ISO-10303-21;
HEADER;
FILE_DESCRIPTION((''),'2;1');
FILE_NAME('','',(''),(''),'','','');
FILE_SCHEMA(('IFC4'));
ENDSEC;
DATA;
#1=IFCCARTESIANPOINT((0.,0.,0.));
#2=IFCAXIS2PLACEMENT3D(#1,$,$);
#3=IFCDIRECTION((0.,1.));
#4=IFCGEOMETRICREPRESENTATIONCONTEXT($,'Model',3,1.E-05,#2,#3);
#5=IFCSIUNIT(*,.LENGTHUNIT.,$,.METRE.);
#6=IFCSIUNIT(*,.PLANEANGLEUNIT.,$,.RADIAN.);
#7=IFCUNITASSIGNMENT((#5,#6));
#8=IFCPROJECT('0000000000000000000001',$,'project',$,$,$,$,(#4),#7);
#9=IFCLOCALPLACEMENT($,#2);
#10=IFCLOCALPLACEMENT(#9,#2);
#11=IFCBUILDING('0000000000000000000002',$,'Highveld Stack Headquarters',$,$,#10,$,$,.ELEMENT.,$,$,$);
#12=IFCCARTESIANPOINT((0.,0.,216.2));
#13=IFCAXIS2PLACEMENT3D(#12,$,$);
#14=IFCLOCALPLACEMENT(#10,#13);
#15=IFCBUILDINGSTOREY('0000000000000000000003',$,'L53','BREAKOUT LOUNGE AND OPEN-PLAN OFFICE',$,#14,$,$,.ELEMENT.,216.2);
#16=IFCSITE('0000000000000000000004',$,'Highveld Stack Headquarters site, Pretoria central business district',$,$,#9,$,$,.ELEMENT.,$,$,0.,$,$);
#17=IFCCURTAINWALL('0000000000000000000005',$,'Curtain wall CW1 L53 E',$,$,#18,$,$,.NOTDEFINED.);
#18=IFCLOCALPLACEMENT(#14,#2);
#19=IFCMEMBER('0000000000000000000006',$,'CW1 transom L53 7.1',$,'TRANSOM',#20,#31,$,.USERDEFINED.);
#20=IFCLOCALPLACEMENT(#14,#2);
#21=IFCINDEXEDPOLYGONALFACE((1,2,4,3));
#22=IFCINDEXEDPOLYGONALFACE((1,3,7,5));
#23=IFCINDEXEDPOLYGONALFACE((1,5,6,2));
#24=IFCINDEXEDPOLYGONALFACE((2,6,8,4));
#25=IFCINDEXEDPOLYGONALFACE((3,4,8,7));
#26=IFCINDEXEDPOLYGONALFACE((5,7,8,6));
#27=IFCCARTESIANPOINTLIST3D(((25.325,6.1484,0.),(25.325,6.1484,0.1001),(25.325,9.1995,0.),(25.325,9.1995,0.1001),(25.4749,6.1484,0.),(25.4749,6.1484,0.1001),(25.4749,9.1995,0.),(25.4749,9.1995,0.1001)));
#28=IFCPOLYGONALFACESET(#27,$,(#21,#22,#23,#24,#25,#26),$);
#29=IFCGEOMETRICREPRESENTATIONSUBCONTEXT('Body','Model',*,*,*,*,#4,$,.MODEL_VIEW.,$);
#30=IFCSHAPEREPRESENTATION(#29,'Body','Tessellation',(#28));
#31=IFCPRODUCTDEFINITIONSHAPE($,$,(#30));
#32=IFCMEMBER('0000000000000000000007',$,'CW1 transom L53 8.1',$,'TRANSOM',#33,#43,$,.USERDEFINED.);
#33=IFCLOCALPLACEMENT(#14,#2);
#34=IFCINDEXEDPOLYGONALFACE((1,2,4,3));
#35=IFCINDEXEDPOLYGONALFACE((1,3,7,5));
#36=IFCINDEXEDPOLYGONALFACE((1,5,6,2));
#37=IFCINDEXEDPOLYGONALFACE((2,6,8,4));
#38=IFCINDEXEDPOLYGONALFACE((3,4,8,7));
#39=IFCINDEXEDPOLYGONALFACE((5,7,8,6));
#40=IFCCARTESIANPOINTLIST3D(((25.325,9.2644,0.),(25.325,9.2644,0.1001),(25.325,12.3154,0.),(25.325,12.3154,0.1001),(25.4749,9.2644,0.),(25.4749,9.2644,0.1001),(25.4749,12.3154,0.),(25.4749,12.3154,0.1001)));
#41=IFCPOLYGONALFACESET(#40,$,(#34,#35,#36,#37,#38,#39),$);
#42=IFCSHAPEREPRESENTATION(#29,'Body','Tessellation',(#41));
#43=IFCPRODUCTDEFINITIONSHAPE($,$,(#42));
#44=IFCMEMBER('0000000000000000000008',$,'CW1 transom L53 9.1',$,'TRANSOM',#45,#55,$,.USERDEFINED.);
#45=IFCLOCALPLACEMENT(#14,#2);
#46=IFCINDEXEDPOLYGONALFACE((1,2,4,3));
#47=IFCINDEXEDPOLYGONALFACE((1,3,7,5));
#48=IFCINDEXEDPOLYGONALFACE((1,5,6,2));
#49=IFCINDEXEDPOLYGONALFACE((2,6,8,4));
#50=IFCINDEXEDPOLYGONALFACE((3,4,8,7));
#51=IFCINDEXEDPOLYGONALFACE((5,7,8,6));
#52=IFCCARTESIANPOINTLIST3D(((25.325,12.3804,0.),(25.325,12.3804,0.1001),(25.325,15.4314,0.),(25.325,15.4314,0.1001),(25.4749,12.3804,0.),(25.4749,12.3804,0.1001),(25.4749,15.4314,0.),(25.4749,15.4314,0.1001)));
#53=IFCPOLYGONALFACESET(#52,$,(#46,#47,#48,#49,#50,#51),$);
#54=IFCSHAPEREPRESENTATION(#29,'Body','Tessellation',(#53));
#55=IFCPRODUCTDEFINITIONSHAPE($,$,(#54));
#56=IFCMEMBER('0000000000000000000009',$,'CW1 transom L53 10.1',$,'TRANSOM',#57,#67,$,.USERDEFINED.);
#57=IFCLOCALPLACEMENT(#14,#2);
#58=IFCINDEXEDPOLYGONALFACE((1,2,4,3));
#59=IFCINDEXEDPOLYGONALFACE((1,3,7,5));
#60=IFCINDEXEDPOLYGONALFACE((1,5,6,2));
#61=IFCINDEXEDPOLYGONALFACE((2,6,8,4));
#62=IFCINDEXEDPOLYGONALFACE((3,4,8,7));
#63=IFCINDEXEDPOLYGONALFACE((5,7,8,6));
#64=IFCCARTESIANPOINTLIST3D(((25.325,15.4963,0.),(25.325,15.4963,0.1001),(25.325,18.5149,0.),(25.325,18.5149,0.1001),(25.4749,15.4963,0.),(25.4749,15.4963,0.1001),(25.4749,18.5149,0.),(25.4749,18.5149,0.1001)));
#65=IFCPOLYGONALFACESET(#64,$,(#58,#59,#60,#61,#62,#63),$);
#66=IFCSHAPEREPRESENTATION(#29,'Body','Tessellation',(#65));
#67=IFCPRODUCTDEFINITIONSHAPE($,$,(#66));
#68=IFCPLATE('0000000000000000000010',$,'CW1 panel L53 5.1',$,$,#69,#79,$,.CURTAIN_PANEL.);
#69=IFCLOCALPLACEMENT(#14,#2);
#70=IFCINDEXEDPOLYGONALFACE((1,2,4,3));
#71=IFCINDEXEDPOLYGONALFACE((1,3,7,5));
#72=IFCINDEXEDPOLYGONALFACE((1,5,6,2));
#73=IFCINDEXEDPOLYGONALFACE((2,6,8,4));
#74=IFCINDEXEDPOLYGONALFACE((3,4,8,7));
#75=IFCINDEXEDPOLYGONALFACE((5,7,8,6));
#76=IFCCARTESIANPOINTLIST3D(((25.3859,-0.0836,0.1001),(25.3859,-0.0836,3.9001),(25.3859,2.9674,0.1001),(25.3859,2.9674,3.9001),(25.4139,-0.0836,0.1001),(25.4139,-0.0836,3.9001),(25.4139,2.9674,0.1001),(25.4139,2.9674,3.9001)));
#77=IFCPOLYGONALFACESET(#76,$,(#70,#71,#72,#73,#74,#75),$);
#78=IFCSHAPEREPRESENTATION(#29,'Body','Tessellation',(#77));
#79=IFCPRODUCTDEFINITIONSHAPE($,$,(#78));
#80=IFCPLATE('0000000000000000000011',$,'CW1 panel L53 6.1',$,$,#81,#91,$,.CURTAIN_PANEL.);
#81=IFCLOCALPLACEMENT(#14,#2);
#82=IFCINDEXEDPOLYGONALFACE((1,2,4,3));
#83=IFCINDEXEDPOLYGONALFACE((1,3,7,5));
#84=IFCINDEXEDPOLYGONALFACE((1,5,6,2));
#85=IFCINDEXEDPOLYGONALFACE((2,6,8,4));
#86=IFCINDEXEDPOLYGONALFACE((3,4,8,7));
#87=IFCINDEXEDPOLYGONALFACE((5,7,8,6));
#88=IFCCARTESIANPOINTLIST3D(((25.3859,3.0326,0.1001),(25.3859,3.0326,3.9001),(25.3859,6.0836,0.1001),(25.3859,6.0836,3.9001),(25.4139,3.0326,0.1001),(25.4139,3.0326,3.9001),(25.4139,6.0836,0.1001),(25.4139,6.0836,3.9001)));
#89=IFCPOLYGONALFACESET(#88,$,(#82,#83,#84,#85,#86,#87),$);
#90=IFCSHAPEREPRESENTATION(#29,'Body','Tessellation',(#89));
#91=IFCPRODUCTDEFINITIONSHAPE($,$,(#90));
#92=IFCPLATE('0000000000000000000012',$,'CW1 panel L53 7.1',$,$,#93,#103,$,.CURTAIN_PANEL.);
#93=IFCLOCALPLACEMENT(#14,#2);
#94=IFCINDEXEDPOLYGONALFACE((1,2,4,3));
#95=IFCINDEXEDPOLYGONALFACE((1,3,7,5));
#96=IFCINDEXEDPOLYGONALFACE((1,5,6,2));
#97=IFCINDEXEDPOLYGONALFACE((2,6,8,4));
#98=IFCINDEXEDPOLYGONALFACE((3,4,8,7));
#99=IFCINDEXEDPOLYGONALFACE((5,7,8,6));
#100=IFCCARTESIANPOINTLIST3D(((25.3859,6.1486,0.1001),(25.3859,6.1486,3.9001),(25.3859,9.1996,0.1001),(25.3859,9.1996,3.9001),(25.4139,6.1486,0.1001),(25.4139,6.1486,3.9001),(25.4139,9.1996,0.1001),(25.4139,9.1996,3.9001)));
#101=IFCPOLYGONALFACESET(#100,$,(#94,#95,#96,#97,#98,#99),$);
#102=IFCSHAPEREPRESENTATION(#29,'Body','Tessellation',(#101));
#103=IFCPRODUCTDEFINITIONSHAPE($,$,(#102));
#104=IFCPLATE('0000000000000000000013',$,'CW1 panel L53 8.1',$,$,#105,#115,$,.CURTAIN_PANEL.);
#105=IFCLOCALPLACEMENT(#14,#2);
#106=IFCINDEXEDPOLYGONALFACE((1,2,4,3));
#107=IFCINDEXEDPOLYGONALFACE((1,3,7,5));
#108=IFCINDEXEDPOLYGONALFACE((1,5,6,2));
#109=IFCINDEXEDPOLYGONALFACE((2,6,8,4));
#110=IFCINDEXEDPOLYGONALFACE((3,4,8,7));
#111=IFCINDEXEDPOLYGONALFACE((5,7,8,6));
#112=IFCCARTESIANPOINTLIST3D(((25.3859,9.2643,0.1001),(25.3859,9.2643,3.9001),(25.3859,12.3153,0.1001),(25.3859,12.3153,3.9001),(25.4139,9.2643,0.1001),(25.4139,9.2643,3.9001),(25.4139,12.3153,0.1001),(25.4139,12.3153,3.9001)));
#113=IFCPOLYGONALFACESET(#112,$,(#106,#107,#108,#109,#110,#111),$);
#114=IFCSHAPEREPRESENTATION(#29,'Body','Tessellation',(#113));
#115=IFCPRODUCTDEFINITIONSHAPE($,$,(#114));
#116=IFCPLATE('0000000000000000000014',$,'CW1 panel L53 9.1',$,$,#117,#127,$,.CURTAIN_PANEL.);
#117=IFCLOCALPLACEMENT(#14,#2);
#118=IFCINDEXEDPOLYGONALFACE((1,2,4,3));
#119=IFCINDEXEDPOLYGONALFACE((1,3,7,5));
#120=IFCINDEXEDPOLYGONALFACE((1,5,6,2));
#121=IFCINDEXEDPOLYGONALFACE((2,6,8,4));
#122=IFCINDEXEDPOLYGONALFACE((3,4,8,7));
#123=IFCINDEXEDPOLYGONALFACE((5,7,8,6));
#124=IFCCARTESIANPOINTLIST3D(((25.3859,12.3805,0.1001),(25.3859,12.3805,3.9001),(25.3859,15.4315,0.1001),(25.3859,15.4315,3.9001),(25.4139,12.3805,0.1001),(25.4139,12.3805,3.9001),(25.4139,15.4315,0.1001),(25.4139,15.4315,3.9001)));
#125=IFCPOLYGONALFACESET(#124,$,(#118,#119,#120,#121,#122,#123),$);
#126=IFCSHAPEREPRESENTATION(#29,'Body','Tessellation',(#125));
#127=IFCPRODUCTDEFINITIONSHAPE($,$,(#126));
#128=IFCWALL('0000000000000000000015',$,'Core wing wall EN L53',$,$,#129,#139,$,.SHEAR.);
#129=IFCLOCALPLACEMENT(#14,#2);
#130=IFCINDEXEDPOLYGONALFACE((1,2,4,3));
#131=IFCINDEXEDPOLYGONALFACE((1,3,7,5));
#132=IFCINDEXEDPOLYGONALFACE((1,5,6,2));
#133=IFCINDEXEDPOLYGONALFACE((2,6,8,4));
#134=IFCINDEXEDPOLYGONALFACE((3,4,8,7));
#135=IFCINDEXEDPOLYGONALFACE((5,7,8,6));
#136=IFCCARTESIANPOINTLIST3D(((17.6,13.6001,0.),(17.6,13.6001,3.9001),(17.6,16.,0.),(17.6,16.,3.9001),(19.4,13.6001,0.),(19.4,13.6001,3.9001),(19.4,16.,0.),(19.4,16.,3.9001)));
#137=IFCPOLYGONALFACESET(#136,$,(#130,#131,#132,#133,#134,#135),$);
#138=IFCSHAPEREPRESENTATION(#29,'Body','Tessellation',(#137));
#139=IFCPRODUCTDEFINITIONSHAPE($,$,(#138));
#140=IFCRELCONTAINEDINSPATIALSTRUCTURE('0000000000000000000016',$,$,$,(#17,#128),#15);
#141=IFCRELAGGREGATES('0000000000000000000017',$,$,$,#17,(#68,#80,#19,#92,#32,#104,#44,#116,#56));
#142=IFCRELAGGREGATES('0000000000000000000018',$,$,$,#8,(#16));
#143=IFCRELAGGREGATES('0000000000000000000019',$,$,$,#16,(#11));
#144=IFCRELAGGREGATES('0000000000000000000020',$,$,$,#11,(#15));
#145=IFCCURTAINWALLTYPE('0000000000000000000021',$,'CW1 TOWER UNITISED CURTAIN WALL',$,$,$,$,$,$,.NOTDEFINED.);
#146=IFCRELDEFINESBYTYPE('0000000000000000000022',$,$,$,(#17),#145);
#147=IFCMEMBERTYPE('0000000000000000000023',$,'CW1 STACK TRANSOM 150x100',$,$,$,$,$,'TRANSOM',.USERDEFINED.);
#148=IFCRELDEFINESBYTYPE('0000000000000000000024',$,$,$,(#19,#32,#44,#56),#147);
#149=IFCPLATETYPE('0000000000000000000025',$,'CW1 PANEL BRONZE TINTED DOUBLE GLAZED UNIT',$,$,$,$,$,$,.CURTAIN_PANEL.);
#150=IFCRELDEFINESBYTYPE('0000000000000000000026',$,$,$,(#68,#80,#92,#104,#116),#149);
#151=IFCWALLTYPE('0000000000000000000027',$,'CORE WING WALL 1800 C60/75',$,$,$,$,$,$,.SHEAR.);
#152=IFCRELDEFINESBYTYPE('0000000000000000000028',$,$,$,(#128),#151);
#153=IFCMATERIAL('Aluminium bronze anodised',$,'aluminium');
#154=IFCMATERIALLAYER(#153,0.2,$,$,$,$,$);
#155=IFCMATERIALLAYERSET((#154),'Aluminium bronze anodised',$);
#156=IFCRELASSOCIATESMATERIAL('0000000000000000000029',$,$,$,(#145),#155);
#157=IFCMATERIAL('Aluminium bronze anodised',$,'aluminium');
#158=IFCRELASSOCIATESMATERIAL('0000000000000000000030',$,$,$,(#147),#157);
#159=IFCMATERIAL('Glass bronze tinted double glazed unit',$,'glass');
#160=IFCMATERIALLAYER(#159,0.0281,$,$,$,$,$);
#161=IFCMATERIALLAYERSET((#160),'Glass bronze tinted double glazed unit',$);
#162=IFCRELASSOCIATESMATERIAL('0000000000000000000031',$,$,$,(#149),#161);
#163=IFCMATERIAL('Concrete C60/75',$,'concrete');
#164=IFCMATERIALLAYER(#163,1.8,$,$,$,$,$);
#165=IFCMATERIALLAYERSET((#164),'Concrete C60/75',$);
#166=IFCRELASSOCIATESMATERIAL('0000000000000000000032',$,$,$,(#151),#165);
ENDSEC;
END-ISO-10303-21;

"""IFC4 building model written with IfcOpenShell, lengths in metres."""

from ifc_helpers import new_model, si_unit, direction, frame, frame_2d, origin, origin_2d, place, context, subcontext, project, spatial, rectangle, extrude, material, layer, layer_set, material_profile, profile_set, type_object, element, aggregate, save


model = new_model("IFC4")

# Units and contexts
model_context = context("Model", 3, precision=1e-05, world=origin(), true_north=direction((0.0, 1.0)))
body_context = subcontext(model_context, "Body", "Model", "MODEL_VIEW")
ifc_project = project(units=[si_unit("LENGTHUNIT", "METRE"), si_unit("PLANEANGLEUNIT", "RADIAN")], contexts=[model_context])

# Site, building, storey
site_placement = place(None, origin())
site = spatial("IfcSite", under=ifc_project, at=site_placement, Name="Highveld Stack Headquarters site, Pretoria central business district", CompositionType="ELEMENT", RefElevation=0.0)
building_placement = place(site_placement, origin())
building = spatial("IfcBuilding", under=site, at=building_placement, Name="Highveld Stack Headquarters", CompositionType="ELEMENT")
storey_placement = place(building_placement, frame((0.0, 0.0, 216.2)))
storey = spatial("IfcBuildingStorey", under=building, at=storey_placement, Name="L53", Description="BREAKOUT LOUNGE AND OPEN-PLAN OFFICE", CompositionType="ELEMENT", Elevation=216.2)

# Curtain wall, members, plates
ifc_material_1 = material(Name="Aluminium bronze anodised", Category="aluminium")
ifc_layer_1 = layer(ifc_material_1, 0.2)
ifc_layer_set_1 = layer_set([ifc_layer_1], Name="Aluminium bronze anodised")
curtain_wall_type = type_object("IfcCurtainWallType", Name="CW1 TOWER UNITISED CURTAIN WALL", PredefinedType="NOTDEFINED", material=ifc_layer_set_1)
curtain_wall_placement = place(storey_placement, origin())
curtain_wall = element("IfcCurtainWall", 1, at=curtain_wall_placement, inside=storey, type_object=curtain_wall_type, Name="Curtain wall CW1 L53 E", PredefinedType="NOTDEFINED")
ifc_material_2 = material(Name="Aluminium bronze anodised", Category="aluminium")
ifc_material_profile_1 = material_profile(ifc_material_2, rectangle(XDim=0.1499, YDim=0.1001, at=origin_2d()), Name="CW1 TRANSOM 150x100")
ifc_profile_set_1 = profile_set([ifc_material_profile_1], Name="Aluminium bronze anodised")
member_type_1 = type_object("IfcMemberType", Name="CW1 STACK TRANSOM 150x100", ElementType="TRANSOM", PredefinedType="USERDEFINED", material=ifc_profile_set_1)
member_1_placement = place(storey_placement, frame((25.3999, 6.1484, 0.05), z_axis=(0.0, 1.0, 0.0), x_axis=(-1.0, 0.0, 0.0)))
member_1 = element("IfcMember", 2, at=member_1_placement, type_object=member_type_1, Name="CW1 transom L53 7.1", ObjectType="TRANSOM", PredefinedType="USERDEFINED", context=body_context, shape_type="SweptSolid", body=[
    extrude(rectangle(XDim=0.1499, YDim=0.1001, at=origin_2d()), origin(), (0.0, 0.0, 1.0), 3.051),
])
member_2_placement = place(storey_placement, frame((25.3999, 9.2644, 0.05), z_axis=(0.0, 1.0, 0.0), x_axis=(-1.0, 0.0, 0.0)))
member_2 = element("IfcMember", 3, at=member_2_placement, type_object=member_type_1, Name="CW1 transom L53 8.1", ObjectType="TRANSOM", PredefinedType="USERDEFINED", context=body_context, shape_type="SweptSolid", body=[
    extrude(rectangle(XDim=0.1499, YDim=0.1001, at=origin_2d()), origin(), (0.0, 0.0, 1.0), 3.051),
])
member_3_placement = place(storey_placement, frame((25.3999, 12.3804, 0.05), z_axis=(0.0, 1.0, 0.0), x_axis=(-1.0, 0.0, 0.0)))
member_3 = element("IfcMember", 4, at=member_3_placement, type_object=member_type_1, Name="CW1 transom L53 9.1", ObjectType="TRANSOM", PredefinedType="USERDEFINED", context=body_context, shape_type="SweptSolid", body=[
    extrude(rectangle(XDim=0.1499, YDim=0.1001, at=origin_2d()), origin(), (0.0, 0.0, 1.0), 3.051),
])
member_4_placement = place(storey_placement, frame((25.3999, 15.4963, 0.05), z_axis=(0.0, 1.0, 0.0), x_axis=(-1.0, 0.0, 0.0)))
member_4 = element("IfcMember", 5, at=member_4_placement, type_object=member_type_1, Name="CW1 transom L53 10.1", ObjectType="TRANSOM", PredefinedType="USERDEFINED", context=body_context, shape_type="SweptSolid", body=[
    extrude(rectangle(XDim=0.1499, YDim=0.1001, at=origin_2d()), origin(), (0.0, 0.0, 1.0), 3.0186),
])
ifc_material_3 = material(Name="Glass bronze tinted double glazed unit", Category="glass")
ifc_layer_2 = layer(ifc_material_3, 0.0281)
ifc_layer_set_2 = layer_set([ifc_layer_2], Name="Glass bronze tinted double glazed unit")
plate_type = type_object("IfcPlateType", Name="CW1 PANEL BRONZE TINTED DOUBLE GLAZED UNIT", PredefinedType="CURTAIN_PANEL", material=ifc_layer_set_2)
plate_1_placement = place(storey_placement, frame((25.3999, 1.4419, 0.1001), z_axis=(0.0, 0.0, 1.0), x_axis=(0.0, 1.0, 0.0)))
plate_1 = element("IfcPlate", 6, at=plate_1_placement, type_object=plate_type, Name="CW1 panel L53 5.1", PredefinedType="CURTAIN_PANEL", context=body_context, shape_type="SweptSolid", body=[
    extrude(rectangle(XDim=3.051, YDim=0.0281, at=origin_2d()), origin(), (0.0, 0.0, 1.0), 3.8),
])
plate_2_placement = place(storey_placement, frame((25.3999, 4.5581, 0.1001), z_axis=(0.0, 0.0, 1.0), x_axis=(0.0, 1.0, 0.0)))
plate_2 = element("IfcPlate", 7, at=plate_2_placement, type_object=plate_type, Name="CW1 panel L53 6.1", PredefinedType="CURTAIN_PANEL", context=body_context, shape_type="SweptSolid", body=[
    extrude(rectangle(XDim=3.051, YDim=0.0281, at=origin_2d()), origin(), (0.0, 0.0, 1.0), 3.8),
])
plate_3_placement = place(storey_placement, frame((25.3999, 7.6741, 0.1001), z_axis=(0.0, 0.0, 1.0), x_axis=(0.0, 1.0, 0.0)))
plate_3 = element("IfcPlate", 8, at=plate_3_placement, type_object=plate_type, Name="CW1 panel L53 7.1", PredefinedType="CURTAIN_PANEL", context=body_context, shape_type="SweptSolid", body=[
    extrude(rectangle(XDim=3.051, YDim=0.0281, at=origin_2d()), origin(), (0.0, 0.0, 1.0), 3.8),
])
plate_4_placement = place(storey_placement, frame((25.3999, 10.7898, 0.1001), z_axis=(0.0, 0.0, 1.0), x_axis=(0.0, 1.0, 0.0)))
plate_4 = element("IfcPlate", 9, at=plate_4_placement, type_object=plate_type, Name="CW1 panel L53 8.1", PredefinedType="CURTAIN_PANEL", context=body_context, shape_type="SweptSolid", body=[
    extrude(rectangle(XDim=3.051, YDim=0.0281, at=origin_2d()), origin(), (0.0, 0.0, 1.0), 3.8),
])
plate_5_placement = place(storey_placement, frame((25.3999, 13.906, 0.1001), z_axis=(0.0, 0.0, 1.0), x_axis=(0.0, 1.0, 0.0)))
plate_5 = element("IfcPlate", 10, at=plate_5_placement, type_object=plate_type, Name="CW1 panel L53 9.1", PredefinedType="CURTAIN_PANEL", context=body_context, shape_type="SweptSolid", body=[
    extrude(rectangle(XDim=3.051, YDim=0.0281, at=origin_2d()), origin(), (0.0, 0.0, 1.0), 3.8),
])
aggregate(curtain_wall, [plate_1, plate_2, member_1, plate_3, member_2, plate_4, member_3, plate_5, member_4])

# Wall
ifc_material_4 = material(Name="Concrete C60/75", Category="concrete")
ifc_layer_3 = layer(ifc_material_4, 1.8)
ifc_layer_set_3 = layer_set([ifc_layer_3], Name="Concrete C60/75")
wall_type = type_object("IfcWallType", Name="CORE WING WALL 1800 C60/75", PredefinedType="SHEAR", material=ifc_layer_set_3)
wall_placement = place(storey_placement, frame((18.5, 13.6001, 0.0), z_axis=(0.0, 0.0, 1.0), x_axis=(0.0, 1.0, 0.0)))
element("IfcWall", 11, at=wall_placement, inside=storey, type_object=wall_type, Name="Core wing wall EN L53", PredefinedType="SHEAR", context=body_context, shape_type="SweptSolid", body=[
    extrude(rectangle(XDim=2.3999, YDim=1.8, at=frame_2d((1.2, 0.0))), origin(), (0.0, 0.0, 1.0), 3.9001),
])

save(model, "model.ifc")
